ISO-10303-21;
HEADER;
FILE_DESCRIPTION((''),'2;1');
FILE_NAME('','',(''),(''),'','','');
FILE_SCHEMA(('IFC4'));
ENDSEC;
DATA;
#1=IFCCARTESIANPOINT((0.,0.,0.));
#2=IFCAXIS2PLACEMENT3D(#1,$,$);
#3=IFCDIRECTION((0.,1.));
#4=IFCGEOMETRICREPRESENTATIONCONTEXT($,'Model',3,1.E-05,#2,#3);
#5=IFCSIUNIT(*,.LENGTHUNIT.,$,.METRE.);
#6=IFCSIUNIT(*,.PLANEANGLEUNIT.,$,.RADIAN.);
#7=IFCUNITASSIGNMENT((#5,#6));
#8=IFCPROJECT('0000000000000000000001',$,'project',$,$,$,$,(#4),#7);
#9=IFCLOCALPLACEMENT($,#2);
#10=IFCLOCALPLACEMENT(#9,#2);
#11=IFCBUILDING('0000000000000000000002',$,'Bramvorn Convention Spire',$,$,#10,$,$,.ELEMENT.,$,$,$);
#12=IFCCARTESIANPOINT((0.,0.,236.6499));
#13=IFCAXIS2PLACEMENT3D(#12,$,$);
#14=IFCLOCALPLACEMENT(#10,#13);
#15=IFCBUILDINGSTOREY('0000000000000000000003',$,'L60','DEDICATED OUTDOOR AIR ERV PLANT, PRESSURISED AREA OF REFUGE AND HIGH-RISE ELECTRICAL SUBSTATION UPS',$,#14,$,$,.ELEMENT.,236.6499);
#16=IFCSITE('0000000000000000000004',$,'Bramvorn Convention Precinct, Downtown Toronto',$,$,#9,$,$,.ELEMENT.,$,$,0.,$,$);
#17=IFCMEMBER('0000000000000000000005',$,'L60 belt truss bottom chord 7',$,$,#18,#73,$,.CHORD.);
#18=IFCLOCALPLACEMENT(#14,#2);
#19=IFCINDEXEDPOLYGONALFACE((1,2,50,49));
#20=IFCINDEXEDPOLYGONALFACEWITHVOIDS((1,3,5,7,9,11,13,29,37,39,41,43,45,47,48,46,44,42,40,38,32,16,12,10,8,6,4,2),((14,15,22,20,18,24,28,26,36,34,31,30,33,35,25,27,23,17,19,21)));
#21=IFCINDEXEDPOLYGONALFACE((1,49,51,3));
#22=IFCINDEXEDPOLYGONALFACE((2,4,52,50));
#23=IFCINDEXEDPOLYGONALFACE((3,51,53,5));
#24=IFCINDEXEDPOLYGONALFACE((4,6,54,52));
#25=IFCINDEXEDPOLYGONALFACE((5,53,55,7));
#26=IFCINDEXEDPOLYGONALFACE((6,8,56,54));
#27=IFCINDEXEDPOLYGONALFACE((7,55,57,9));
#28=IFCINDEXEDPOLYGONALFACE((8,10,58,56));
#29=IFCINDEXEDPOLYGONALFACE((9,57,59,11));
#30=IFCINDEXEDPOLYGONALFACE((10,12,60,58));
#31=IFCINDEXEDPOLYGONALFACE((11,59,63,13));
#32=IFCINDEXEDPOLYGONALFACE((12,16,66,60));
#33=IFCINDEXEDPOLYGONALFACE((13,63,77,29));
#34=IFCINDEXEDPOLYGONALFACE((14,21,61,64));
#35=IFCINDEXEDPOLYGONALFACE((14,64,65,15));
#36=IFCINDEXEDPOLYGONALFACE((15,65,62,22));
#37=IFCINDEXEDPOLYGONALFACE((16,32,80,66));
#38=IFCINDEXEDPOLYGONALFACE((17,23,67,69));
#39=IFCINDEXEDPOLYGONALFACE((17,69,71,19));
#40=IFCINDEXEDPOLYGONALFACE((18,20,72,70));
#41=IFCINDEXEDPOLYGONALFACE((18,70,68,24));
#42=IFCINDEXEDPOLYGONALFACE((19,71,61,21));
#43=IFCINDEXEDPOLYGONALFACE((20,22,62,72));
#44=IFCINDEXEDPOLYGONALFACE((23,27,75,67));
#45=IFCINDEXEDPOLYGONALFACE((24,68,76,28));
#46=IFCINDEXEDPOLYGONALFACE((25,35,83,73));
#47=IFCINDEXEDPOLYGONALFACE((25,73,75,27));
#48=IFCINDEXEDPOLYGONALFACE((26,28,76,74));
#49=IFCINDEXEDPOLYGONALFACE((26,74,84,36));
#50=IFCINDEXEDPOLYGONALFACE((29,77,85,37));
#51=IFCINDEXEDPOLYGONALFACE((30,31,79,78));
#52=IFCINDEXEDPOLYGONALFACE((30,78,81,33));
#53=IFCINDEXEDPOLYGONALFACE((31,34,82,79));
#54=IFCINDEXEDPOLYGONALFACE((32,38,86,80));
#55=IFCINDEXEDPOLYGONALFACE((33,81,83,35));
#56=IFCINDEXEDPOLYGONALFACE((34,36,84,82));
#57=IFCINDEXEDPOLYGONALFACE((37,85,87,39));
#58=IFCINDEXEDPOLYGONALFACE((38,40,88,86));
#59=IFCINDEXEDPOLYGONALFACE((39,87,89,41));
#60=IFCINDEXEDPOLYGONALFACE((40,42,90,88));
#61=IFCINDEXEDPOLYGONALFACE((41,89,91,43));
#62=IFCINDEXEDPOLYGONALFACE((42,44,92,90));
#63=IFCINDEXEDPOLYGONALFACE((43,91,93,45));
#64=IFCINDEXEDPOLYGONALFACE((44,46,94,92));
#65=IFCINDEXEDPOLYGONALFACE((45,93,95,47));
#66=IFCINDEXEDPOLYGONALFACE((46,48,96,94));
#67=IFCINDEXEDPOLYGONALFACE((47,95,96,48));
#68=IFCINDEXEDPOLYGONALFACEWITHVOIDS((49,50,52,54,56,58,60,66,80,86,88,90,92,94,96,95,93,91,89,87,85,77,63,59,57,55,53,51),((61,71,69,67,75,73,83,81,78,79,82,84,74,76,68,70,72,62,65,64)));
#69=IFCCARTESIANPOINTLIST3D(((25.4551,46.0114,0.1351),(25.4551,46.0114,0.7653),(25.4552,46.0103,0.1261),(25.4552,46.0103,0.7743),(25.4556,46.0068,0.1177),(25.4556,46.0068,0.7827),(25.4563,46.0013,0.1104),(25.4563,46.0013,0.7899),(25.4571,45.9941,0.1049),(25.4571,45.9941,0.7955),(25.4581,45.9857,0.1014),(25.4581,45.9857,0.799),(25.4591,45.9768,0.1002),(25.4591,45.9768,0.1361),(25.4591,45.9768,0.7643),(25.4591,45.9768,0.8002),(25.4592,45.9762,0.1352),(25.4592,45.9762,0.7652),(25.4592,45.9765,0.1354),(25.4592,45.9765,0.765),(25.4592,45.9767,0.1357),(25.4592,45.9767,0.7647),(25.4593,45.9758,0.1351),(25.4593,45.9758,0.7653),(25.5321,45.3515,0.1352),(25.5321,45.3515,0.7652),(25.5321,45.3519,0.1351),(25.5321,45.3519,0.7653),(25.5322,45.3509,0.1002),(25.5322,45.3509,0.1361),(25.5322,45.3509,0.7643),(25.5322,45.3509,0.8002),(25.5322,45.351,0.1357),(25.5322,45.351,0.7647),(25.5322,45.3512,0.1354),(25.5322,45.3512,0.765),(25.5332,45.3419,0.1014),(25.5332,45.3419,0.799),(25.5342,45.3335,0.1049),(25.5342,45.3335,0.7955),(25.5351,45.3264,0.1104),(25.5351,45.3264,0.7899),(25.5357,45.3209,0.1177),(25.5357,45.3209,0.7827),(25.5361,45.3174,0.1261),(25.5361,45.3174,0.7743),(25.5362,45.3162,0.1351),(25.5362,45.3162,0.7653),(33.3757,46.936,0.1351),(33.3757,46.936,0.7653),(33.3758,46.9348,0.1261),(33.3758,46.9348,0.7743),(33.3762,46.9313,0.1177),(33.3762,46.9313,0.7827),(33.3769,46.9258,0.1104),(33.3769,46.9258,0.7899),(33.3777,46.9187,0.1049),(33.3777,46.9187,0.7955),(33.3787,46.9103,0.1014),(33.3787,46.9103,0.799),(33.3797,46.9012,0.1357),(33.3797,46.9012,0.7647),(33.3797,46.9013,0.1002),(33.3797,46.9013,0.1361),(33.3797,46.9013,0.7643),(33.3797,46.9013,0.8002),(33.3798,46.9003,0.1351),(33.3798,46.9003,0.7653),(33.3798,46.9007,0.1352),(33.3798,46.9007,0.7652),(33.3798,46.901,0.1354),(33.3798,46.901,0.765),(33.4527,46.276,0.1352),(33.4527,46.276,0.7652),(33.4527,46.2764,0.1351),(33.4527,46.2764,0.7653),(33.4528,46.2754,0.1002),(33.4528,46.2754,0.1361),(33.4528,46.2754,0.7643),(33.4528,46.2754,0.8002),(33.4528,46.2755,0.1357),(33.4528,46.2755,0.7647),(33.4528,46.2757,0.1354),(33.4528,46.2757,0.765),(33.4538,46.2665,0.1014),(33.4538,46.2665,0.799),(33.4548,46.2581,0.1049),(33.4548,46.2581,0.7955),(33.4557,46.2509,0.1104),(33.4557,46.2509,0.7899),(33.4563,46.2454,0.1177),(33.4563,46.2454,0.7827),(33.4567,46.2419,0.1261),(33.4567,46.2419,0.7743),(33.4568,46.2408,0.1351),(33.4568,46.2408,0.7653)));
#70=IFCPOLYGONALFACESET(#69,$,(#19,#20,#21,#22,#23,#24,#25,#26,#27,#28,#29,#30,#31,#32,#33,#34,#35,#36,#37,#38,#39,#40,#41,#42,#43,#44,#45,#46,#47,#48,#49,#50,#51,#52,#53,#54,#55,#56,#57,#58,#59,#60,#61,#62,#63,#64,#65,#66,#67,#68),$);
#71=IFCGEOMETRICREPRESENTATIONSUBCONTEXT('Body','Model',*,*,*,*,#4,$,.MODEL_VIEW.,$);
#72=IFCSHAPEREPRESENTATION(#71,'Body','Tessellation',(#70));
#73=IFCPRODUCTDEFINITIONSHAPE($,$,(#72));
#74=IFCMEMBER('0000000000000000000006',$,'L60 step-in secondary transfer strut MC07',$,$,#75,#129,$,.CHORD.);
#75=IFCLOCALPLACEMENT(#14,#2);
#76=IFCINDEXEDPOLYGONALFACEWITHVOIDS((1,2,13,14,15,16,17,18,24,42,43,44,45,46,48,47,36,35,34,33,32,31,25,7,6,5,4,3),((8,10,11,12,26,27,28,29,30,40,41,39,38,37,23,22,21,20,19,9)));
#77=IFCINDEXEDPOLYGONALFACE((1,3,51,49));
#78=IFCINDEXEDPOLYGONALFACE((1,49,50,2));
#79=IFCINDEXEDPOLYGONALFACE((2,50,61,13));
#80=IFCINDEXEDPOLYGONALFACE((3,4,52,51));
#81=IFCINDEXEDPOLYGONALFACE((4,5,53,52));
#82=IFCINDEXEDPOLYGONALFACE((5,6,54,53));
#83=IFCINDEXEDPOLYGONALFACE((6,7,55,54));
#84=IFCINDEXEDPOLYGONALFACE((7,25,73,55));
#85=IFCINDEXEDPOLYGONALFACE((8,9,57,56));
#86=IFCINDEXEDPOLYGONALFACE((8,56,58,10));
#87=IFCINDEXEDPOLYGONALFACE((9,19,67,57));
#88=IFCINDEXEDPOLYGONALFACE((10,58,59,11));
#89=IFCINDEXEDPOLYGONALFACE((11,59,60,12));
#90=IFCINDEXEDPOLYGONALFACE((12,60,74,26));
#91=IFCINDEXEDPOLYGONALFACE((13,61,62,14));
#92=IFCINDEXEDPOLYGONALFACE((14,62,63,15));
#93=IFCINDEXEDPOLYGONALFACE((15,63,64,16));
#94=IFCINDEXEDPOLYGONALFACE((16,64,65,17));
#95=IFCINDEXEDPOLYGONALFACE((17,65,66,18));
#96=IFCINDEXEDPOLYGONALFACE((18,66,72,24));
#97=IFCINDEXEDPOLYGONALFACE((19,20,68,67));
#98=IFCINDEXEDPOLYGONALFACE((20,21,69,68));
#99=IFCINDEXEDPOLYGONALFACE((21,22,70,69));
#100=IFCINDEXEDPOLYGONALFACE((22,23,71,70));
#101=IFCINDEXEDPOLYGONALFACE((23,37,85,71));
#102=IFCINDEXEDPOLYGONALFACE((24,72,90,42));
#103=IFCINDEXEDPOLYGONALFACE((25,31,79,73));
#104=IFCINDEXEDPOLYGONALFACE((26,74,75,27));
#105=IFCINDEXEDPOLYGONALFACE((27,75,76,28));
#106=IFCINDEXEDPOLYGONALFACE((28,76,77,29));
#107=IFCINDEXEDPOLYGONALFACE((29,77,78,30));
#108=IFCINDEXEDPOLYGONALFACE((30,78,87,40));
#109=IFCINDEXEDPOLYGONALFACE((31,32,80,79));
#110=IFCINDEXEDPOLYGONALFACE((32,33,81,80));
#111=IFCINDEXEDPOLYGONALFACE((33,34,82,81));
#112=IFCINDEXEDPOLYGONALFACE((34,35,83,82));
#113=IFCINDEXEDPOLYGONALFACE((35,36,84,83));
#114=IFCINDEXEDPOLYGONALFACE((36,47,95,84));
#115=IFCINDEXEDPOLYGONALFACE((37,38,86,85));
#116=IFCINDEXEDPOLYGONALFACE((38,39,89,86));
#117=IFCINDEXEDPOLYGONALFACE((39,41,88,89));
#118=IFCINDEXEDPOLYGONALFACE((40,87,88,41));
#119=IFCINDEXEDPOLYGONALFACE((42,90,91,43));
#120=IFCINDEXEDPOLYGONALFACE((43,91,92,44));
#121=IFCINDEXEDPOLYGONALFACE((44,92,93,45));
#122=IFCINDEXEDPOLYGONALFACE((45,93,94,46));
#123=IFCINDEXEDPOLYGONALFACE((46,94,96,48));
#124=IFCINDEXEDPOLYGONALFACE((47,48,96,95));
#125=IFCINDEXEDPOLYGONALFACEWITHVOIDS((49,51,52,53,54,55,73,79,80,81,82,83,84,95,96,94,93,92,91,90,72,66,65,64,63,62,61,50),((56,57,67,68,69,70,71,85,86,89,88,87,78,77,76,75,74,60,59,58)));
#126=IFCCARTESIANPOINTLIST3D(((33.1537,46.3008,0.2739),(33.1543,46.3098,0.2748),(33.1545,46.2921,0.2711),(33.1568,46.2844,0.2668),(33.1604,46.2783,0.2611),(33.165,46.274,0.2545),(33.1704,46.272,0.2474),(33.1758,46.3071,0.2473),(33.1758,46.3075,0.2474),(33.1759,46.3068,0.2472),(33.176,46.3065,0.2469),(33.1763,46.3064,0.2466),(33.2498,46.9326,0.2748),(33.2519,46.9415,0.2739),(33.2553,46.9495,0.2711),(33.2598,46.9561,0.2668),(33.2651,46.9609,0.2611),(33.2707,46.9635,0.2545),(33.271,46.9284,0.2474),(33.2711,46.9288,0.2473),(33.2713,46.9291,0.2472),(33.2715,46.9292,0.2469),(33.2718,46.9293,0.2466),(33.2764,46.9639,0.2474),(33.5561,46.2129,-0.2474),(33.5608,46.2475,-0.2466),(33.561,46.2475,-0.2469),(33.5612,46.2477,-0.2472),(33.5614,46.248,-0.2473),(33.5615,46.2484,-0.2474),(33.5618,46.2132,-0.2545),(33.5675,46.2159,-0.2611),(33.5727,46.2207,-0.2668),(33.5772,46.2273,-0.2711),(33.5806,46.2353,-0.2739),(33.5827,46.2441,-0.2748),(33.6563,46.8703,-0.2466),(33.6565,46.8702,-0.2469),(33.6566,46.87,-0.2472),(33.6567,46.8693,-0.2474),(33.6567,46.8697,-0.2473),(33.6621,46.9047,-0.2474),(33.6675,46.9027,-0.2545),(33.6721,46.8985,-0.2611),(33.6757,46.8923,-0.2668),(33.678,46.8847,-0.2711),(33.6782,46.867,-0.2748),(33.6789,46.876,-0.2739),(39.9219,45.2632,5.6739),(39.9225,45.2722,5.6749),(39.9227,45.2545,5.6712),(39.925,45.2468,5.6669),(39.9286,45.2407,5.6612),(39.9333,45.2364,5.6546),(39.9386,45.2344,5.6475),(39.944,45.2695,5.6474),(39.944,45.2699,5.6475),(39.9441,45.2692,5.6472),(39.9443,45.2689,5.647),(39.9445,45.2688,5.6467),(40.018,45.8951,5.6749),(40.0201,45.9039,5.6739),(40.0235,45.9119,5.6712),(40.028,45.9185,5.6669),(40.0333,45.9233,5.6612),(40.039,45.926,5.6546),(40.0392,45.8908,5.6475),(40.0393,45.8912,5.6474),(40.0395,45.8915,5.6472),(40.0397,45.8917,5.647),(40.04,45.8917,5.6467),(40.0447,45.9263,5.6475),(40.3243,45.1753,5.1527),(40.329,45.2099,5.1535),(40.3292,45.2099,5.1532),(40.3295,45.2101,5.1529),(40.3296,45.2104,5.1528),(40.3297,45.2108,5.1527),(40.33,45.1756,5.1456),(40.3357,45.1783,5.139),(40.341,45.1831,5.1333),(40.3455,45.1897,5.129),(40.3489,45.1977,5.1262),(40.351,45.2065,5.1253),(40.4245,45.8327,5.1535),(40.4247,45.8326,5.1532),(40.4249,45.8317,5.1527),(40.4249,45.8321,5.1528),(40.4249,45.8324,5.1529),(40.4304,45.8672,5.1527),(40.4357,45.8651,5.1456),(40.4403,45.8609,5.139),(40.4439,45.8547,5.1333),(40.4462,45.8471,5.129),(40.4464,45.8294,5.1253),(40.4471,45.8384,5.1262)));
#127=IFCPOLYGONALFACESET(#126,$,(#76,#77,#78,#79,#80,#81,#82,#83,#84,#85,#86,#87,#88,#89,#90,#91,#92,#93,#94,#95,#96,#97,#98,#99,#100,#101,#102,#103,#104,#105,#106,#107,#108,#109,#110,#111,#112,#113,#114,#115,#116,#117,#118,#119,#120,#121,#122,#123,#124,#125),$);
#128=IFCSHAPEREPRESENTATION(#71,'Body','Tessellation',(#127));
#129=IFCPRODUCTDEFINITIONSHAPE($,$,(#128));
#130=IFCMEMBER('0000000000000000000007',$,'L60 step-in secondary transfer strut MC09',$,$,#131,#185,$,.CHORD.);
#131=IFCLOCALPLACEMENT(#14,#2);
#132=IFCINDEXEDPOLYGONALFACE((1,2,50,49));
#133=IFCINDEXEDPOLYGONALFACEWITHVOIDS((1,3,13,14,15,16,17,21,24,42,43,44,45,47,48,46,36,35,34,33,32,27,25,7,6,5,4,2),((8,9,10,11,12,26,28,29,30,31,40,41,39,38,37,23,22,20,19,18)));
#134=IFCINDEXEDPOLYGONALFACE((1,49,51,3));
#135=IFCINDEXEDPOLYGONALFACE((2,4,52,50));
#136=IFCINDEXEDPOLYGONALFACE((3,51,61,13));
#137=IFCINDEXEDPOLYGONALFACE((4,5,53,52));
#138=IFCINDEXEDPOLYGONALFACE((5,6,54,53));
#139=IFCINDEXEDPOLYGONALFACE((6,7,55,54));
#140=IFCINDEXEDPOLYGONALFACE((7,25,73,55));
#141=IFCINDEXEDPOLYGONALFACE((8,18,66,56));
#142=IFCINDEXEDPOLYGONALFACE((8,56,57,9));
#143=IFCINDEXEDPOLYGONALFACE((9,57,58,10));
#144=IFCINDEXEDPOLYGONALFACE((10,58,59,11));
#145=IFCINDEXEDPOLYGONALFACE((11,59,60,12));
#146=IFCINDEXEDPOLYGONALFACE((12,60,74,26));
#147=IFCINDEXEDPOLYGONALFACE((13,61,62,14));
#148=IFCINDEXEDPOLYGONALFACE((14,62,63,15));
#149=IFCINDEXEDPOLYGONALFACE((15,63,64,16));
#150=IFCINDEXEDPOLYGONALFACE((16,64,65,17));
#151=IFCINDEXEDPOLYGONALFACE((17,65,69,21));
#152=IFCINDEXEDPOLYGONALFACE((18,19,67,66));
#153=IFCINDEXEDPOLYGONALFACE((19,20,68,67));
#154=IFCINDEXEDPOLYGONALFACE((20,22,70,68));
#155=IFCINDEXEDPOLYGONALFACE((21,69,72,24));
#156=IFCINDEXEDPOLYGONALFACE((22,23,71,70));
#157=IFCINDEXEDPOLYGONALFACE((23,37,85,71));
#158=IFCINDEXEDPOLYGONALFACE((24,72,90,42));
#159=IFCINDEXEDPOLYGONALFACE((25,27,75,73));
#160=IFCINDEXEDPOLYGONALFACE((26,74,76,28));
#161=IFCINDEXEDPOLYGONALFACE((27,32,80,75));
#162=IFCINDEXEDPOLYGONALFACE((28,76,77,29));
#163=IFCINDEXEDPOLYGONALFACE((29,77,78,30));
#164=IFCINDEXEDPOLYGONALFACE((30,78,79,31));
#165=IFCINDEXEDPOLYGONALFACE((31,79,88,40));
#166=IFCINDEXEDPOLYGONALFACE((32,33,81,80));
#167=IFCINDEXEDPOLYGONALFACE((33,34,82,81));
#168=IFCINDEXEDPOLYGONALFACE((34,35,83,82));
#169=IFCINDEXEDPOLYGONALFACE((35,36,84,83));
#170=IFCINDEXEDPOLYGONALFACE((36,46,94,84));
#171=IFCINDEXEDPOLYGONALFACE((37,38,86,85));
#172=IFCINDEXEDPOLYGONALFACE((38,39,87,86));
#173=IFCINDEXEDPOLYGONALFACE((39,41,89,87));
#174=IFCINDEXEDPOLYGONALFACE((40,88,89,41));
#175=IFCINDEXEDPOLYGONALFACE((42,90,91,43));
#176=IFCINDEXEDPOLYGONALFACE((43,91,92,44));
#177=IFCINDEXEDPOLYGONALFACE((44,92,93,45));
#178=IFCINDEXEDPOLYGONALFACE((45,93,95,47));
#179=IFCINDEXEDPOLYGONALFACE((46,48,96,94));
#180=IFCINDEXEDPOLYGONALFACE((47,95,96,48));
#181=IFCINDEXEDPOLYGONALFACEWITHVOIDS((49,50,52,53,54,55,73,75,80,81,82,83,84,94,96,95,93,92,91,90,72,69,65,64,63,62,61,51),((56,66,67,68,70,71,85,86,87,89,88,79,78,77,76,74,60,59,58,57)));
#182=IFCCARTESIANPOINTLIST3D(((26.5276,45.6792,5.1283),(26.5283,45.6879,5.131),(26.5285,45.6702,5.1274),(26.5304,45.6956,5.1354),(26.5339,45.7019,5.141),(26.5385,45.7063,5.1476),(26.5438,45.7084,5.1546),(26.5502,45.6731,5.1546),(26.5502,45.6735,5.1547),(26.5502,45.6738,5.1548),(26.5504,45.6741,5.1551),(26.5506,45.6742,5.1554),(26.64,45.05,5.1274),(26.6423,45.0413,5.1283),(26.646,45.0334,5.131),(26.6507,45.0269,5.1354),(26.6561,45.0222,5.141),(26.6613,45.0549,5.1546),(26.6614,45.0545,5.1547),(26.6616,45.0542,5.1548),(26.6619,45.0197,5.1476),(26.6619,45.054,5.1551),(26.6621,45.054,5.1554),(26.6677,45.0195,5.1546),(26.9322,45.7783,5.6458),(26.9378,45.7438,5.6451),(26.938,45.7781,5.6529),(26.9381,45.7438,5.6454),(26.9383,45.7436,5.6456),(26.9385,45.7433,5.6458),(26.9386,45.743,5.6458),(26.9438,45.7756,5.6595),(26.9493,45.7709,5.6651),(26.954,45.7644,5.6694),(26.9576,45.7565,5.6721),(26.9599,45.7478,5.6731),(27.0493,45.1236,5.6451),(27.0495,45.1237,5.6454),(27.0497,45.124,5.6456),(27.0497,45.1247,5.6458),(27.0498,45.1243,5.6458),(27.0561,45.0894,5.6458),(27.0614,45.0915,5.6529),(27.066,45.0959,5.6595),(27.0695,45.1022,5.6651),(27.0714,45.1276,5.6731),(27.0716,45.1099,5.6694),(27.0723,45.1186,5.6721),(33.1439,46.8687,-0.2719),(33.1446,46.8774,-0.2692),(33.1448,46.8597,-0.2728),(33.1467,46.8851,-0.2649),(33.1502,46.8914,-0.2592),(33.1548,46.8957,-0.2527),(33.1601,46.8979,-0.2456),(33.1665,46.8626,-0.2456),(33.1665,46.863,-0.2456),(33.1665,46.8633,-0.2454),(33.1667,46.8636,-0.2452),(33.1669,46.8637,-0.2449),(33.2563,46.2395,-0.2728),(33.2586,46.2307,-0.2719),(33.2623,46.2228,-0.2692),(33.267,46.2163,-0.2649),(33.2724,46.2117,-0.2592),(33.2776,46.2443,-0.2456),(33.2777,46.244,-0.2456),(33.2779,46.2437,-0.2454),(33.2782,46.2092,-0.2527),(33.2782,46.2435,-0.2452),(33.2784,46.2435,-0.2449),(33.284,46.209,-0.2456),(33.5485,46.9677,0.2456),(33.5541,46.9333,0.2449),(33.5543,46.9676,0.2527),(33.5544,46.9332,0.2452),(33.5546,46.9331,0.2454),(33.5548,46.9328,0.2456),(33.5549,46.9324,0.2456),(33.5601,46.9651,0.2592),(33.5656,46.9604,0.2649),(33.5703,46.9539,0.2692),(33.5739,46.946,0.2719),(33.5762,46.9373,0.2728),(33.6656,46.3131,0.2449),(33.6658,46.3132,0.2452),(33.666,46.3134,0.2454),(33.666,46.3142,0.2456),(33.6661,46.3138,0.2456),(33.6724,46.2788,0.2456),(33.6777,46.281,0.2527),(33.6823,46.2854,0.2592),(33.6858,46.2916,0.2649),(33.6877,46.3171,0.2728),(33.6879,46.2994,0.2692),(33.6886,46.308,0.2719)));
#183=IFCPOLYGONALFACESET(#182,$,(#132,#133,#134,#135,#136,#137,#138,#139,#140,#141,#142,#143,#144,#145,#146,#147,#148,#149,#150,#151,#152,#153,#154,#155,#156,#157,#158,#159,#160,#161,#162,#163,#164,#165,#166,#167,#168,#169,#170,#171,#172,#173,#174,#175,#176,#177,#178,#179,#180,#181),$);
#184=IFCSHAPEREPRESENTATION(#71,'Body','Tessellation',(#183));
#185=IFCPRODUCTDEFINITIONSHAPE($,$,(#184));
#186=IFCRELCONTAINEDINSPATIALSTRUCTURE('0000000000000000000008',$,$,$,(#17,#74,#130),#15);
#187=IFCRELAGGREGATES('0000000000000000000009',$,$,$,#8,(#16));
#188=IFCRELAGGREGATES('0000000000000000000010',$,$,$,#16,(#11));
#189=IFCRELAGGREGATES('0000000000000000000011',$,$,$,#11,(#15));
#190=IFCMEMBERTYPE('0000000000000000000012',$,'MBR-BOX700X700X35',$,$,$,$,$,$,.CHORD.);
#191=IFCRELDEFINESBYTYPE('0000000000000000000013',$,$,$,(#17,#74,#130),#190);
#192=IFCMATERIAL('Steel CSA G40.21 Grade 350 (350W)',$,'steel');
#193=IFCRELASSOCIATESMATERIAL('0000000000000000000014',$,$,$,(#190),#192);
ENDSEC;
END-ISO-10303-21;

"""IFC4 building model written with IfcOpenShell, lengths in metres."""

from ifc_helpers import new_model, si_unit, direction, frame, origin, origin_2d, place, context, subcontext, project, spatial, hollow_rectangle, extrude, material, material_profile, profile_set, type_object, element, save


model = new_model("IFC4")

# Units and contexts
model_context = context("Model", 3, precision=1e-05, world=origin(), true_north=direction((0.0, 1.0)))
body_context = subcontext(model_context, "Body", "Model", "MODEL_VIEW")
ifc_project = project(units=[si_unit("LENGTHUNIT", "METRE"), si_unit("PLANEANGLEUNIT", "RADIAN")], contexts=[model_context])

# Site, building, storey
site_placement = place(None, origin())
site = spatial("IfcSite", under=ifc_project, at=site_placement, Name="Bramvorn Convention Precinct, Downtown Toronto", CompositionType="ELEMENT", RefElevation=0.0)
building_placement = place(site_placement, origin())
building = spatial("IfcBuilding", under=site, at=building_placement, Name="Bramvorn Convention Spire", CompositionType="ELEMENT")
storey_placement = place(building_placement, frame((0.0, 0.0, 236.6499)))
storey = spatial("IfcBuildingStorey", under=building, at=storey_placement, Name="L60", Description="DEDICATED OUTDOOR AIR ERV PLANT, PRESSURISED AREA OF REFUGE AND HIGH-RISE ELECTRICAL SUBSTATION UPS", CompositionType="ELEMENT", Elevation=236.6499)

# Shared definitions
ifc_material_1 = material(Name="Steel CSA G40.21 Grade 350 (350W)", Category="steel")

# Members
ifc_material_profile_1 = material_profile(ifc_material_1, hollow_rectangle(XDim=0.7, YDim=0.7, WallThickness=0.0349, InnerFilletRadius=0.001, OuterFilletRadius=0.0349, at=origin_2d()))
ifc_profile_set_1 = profile_set([ifc_material_profile_1], Name="Steel CSA G40.21 Grade 350 (350W) - BOX700X700X35")
member_type_1 = type_object("IfcMemberType", Name="MBR-BOX700X700X35", PredefinedType="CHORD", material=ifc_profile_set_1)
member_1_placement = place(storey_placement, frame((33.4163, 46.5884, 0.4502), z_axis=(-0.993256, -0.115941, 0.0), x_axis=(0.115941, -0.993256, 0.0)))
element("IfcMember", 1, at=member_1_placement, inside=storey, type_object=member_type_1, Name="L60 belt truss bottom chord 7", PredefinedType="CHORD", context=body_context, shape_type="SweptSolid", body=[
    extrude(hollow_rectangle(XDim=0.7, YDim=0.7, WallThickness=0.0349, InnerFilletRadius=0.001, OuterFilletRadius=0.0349, at=origin_2d()), origin(), (0.0, 0.0, 1.0), 7.9744),
])
member_2_placement = place(storey_placement, frame((33.4163, 46.5884, 0.0), z_axis=(0.776132, -0.118983, 0.619243), x_axis=(0.151532, 0.988452, 0.0)))
element("IfcMember", 2, at=member_2_placement, inside=storey, type_object=member_type_1, Name="L60 step-in secondary transfer strut MC07", PredefinedType="CHORD", context=body_context, shape_type="SweptSolid", body=[
    extrude(hollow_rectangle(XDim=0.7, YDim=0.7, WallThickness=0.0349, InnerFilletRadius=0.001, OuterFilletRadius=0.0349, at=origin_2d()), origin(), (0.0, 0.0, 1.0), 8.7205),
])
member_3_placement = place(storey_placement, frame((33.4163, 46.5884, 0.0), z_axis=(-0.767303, -0.137945, 0.626272), x_axis=(0.176942, -0.984221, 0.0)))
element("IfcMember", 3, at=member_3_placement, inside=storey, type_object=member_type_1, Name="L60 step-in secondary transfer strut MC09", PredefinedType="CHORD", context=body_context, shape_type="SweptSolid", body=[
    extrude(hollow_rectangle(XDim=0.7, YDim=0.7, WallThickness=0.0349, InnerFilletRadius=0.001, OuterFilletRadius=0.0349, at=origin_2d()), origin(), (0.0, 0.0, 1.0), 8.6228),
])

save(model, "model.ifc")
